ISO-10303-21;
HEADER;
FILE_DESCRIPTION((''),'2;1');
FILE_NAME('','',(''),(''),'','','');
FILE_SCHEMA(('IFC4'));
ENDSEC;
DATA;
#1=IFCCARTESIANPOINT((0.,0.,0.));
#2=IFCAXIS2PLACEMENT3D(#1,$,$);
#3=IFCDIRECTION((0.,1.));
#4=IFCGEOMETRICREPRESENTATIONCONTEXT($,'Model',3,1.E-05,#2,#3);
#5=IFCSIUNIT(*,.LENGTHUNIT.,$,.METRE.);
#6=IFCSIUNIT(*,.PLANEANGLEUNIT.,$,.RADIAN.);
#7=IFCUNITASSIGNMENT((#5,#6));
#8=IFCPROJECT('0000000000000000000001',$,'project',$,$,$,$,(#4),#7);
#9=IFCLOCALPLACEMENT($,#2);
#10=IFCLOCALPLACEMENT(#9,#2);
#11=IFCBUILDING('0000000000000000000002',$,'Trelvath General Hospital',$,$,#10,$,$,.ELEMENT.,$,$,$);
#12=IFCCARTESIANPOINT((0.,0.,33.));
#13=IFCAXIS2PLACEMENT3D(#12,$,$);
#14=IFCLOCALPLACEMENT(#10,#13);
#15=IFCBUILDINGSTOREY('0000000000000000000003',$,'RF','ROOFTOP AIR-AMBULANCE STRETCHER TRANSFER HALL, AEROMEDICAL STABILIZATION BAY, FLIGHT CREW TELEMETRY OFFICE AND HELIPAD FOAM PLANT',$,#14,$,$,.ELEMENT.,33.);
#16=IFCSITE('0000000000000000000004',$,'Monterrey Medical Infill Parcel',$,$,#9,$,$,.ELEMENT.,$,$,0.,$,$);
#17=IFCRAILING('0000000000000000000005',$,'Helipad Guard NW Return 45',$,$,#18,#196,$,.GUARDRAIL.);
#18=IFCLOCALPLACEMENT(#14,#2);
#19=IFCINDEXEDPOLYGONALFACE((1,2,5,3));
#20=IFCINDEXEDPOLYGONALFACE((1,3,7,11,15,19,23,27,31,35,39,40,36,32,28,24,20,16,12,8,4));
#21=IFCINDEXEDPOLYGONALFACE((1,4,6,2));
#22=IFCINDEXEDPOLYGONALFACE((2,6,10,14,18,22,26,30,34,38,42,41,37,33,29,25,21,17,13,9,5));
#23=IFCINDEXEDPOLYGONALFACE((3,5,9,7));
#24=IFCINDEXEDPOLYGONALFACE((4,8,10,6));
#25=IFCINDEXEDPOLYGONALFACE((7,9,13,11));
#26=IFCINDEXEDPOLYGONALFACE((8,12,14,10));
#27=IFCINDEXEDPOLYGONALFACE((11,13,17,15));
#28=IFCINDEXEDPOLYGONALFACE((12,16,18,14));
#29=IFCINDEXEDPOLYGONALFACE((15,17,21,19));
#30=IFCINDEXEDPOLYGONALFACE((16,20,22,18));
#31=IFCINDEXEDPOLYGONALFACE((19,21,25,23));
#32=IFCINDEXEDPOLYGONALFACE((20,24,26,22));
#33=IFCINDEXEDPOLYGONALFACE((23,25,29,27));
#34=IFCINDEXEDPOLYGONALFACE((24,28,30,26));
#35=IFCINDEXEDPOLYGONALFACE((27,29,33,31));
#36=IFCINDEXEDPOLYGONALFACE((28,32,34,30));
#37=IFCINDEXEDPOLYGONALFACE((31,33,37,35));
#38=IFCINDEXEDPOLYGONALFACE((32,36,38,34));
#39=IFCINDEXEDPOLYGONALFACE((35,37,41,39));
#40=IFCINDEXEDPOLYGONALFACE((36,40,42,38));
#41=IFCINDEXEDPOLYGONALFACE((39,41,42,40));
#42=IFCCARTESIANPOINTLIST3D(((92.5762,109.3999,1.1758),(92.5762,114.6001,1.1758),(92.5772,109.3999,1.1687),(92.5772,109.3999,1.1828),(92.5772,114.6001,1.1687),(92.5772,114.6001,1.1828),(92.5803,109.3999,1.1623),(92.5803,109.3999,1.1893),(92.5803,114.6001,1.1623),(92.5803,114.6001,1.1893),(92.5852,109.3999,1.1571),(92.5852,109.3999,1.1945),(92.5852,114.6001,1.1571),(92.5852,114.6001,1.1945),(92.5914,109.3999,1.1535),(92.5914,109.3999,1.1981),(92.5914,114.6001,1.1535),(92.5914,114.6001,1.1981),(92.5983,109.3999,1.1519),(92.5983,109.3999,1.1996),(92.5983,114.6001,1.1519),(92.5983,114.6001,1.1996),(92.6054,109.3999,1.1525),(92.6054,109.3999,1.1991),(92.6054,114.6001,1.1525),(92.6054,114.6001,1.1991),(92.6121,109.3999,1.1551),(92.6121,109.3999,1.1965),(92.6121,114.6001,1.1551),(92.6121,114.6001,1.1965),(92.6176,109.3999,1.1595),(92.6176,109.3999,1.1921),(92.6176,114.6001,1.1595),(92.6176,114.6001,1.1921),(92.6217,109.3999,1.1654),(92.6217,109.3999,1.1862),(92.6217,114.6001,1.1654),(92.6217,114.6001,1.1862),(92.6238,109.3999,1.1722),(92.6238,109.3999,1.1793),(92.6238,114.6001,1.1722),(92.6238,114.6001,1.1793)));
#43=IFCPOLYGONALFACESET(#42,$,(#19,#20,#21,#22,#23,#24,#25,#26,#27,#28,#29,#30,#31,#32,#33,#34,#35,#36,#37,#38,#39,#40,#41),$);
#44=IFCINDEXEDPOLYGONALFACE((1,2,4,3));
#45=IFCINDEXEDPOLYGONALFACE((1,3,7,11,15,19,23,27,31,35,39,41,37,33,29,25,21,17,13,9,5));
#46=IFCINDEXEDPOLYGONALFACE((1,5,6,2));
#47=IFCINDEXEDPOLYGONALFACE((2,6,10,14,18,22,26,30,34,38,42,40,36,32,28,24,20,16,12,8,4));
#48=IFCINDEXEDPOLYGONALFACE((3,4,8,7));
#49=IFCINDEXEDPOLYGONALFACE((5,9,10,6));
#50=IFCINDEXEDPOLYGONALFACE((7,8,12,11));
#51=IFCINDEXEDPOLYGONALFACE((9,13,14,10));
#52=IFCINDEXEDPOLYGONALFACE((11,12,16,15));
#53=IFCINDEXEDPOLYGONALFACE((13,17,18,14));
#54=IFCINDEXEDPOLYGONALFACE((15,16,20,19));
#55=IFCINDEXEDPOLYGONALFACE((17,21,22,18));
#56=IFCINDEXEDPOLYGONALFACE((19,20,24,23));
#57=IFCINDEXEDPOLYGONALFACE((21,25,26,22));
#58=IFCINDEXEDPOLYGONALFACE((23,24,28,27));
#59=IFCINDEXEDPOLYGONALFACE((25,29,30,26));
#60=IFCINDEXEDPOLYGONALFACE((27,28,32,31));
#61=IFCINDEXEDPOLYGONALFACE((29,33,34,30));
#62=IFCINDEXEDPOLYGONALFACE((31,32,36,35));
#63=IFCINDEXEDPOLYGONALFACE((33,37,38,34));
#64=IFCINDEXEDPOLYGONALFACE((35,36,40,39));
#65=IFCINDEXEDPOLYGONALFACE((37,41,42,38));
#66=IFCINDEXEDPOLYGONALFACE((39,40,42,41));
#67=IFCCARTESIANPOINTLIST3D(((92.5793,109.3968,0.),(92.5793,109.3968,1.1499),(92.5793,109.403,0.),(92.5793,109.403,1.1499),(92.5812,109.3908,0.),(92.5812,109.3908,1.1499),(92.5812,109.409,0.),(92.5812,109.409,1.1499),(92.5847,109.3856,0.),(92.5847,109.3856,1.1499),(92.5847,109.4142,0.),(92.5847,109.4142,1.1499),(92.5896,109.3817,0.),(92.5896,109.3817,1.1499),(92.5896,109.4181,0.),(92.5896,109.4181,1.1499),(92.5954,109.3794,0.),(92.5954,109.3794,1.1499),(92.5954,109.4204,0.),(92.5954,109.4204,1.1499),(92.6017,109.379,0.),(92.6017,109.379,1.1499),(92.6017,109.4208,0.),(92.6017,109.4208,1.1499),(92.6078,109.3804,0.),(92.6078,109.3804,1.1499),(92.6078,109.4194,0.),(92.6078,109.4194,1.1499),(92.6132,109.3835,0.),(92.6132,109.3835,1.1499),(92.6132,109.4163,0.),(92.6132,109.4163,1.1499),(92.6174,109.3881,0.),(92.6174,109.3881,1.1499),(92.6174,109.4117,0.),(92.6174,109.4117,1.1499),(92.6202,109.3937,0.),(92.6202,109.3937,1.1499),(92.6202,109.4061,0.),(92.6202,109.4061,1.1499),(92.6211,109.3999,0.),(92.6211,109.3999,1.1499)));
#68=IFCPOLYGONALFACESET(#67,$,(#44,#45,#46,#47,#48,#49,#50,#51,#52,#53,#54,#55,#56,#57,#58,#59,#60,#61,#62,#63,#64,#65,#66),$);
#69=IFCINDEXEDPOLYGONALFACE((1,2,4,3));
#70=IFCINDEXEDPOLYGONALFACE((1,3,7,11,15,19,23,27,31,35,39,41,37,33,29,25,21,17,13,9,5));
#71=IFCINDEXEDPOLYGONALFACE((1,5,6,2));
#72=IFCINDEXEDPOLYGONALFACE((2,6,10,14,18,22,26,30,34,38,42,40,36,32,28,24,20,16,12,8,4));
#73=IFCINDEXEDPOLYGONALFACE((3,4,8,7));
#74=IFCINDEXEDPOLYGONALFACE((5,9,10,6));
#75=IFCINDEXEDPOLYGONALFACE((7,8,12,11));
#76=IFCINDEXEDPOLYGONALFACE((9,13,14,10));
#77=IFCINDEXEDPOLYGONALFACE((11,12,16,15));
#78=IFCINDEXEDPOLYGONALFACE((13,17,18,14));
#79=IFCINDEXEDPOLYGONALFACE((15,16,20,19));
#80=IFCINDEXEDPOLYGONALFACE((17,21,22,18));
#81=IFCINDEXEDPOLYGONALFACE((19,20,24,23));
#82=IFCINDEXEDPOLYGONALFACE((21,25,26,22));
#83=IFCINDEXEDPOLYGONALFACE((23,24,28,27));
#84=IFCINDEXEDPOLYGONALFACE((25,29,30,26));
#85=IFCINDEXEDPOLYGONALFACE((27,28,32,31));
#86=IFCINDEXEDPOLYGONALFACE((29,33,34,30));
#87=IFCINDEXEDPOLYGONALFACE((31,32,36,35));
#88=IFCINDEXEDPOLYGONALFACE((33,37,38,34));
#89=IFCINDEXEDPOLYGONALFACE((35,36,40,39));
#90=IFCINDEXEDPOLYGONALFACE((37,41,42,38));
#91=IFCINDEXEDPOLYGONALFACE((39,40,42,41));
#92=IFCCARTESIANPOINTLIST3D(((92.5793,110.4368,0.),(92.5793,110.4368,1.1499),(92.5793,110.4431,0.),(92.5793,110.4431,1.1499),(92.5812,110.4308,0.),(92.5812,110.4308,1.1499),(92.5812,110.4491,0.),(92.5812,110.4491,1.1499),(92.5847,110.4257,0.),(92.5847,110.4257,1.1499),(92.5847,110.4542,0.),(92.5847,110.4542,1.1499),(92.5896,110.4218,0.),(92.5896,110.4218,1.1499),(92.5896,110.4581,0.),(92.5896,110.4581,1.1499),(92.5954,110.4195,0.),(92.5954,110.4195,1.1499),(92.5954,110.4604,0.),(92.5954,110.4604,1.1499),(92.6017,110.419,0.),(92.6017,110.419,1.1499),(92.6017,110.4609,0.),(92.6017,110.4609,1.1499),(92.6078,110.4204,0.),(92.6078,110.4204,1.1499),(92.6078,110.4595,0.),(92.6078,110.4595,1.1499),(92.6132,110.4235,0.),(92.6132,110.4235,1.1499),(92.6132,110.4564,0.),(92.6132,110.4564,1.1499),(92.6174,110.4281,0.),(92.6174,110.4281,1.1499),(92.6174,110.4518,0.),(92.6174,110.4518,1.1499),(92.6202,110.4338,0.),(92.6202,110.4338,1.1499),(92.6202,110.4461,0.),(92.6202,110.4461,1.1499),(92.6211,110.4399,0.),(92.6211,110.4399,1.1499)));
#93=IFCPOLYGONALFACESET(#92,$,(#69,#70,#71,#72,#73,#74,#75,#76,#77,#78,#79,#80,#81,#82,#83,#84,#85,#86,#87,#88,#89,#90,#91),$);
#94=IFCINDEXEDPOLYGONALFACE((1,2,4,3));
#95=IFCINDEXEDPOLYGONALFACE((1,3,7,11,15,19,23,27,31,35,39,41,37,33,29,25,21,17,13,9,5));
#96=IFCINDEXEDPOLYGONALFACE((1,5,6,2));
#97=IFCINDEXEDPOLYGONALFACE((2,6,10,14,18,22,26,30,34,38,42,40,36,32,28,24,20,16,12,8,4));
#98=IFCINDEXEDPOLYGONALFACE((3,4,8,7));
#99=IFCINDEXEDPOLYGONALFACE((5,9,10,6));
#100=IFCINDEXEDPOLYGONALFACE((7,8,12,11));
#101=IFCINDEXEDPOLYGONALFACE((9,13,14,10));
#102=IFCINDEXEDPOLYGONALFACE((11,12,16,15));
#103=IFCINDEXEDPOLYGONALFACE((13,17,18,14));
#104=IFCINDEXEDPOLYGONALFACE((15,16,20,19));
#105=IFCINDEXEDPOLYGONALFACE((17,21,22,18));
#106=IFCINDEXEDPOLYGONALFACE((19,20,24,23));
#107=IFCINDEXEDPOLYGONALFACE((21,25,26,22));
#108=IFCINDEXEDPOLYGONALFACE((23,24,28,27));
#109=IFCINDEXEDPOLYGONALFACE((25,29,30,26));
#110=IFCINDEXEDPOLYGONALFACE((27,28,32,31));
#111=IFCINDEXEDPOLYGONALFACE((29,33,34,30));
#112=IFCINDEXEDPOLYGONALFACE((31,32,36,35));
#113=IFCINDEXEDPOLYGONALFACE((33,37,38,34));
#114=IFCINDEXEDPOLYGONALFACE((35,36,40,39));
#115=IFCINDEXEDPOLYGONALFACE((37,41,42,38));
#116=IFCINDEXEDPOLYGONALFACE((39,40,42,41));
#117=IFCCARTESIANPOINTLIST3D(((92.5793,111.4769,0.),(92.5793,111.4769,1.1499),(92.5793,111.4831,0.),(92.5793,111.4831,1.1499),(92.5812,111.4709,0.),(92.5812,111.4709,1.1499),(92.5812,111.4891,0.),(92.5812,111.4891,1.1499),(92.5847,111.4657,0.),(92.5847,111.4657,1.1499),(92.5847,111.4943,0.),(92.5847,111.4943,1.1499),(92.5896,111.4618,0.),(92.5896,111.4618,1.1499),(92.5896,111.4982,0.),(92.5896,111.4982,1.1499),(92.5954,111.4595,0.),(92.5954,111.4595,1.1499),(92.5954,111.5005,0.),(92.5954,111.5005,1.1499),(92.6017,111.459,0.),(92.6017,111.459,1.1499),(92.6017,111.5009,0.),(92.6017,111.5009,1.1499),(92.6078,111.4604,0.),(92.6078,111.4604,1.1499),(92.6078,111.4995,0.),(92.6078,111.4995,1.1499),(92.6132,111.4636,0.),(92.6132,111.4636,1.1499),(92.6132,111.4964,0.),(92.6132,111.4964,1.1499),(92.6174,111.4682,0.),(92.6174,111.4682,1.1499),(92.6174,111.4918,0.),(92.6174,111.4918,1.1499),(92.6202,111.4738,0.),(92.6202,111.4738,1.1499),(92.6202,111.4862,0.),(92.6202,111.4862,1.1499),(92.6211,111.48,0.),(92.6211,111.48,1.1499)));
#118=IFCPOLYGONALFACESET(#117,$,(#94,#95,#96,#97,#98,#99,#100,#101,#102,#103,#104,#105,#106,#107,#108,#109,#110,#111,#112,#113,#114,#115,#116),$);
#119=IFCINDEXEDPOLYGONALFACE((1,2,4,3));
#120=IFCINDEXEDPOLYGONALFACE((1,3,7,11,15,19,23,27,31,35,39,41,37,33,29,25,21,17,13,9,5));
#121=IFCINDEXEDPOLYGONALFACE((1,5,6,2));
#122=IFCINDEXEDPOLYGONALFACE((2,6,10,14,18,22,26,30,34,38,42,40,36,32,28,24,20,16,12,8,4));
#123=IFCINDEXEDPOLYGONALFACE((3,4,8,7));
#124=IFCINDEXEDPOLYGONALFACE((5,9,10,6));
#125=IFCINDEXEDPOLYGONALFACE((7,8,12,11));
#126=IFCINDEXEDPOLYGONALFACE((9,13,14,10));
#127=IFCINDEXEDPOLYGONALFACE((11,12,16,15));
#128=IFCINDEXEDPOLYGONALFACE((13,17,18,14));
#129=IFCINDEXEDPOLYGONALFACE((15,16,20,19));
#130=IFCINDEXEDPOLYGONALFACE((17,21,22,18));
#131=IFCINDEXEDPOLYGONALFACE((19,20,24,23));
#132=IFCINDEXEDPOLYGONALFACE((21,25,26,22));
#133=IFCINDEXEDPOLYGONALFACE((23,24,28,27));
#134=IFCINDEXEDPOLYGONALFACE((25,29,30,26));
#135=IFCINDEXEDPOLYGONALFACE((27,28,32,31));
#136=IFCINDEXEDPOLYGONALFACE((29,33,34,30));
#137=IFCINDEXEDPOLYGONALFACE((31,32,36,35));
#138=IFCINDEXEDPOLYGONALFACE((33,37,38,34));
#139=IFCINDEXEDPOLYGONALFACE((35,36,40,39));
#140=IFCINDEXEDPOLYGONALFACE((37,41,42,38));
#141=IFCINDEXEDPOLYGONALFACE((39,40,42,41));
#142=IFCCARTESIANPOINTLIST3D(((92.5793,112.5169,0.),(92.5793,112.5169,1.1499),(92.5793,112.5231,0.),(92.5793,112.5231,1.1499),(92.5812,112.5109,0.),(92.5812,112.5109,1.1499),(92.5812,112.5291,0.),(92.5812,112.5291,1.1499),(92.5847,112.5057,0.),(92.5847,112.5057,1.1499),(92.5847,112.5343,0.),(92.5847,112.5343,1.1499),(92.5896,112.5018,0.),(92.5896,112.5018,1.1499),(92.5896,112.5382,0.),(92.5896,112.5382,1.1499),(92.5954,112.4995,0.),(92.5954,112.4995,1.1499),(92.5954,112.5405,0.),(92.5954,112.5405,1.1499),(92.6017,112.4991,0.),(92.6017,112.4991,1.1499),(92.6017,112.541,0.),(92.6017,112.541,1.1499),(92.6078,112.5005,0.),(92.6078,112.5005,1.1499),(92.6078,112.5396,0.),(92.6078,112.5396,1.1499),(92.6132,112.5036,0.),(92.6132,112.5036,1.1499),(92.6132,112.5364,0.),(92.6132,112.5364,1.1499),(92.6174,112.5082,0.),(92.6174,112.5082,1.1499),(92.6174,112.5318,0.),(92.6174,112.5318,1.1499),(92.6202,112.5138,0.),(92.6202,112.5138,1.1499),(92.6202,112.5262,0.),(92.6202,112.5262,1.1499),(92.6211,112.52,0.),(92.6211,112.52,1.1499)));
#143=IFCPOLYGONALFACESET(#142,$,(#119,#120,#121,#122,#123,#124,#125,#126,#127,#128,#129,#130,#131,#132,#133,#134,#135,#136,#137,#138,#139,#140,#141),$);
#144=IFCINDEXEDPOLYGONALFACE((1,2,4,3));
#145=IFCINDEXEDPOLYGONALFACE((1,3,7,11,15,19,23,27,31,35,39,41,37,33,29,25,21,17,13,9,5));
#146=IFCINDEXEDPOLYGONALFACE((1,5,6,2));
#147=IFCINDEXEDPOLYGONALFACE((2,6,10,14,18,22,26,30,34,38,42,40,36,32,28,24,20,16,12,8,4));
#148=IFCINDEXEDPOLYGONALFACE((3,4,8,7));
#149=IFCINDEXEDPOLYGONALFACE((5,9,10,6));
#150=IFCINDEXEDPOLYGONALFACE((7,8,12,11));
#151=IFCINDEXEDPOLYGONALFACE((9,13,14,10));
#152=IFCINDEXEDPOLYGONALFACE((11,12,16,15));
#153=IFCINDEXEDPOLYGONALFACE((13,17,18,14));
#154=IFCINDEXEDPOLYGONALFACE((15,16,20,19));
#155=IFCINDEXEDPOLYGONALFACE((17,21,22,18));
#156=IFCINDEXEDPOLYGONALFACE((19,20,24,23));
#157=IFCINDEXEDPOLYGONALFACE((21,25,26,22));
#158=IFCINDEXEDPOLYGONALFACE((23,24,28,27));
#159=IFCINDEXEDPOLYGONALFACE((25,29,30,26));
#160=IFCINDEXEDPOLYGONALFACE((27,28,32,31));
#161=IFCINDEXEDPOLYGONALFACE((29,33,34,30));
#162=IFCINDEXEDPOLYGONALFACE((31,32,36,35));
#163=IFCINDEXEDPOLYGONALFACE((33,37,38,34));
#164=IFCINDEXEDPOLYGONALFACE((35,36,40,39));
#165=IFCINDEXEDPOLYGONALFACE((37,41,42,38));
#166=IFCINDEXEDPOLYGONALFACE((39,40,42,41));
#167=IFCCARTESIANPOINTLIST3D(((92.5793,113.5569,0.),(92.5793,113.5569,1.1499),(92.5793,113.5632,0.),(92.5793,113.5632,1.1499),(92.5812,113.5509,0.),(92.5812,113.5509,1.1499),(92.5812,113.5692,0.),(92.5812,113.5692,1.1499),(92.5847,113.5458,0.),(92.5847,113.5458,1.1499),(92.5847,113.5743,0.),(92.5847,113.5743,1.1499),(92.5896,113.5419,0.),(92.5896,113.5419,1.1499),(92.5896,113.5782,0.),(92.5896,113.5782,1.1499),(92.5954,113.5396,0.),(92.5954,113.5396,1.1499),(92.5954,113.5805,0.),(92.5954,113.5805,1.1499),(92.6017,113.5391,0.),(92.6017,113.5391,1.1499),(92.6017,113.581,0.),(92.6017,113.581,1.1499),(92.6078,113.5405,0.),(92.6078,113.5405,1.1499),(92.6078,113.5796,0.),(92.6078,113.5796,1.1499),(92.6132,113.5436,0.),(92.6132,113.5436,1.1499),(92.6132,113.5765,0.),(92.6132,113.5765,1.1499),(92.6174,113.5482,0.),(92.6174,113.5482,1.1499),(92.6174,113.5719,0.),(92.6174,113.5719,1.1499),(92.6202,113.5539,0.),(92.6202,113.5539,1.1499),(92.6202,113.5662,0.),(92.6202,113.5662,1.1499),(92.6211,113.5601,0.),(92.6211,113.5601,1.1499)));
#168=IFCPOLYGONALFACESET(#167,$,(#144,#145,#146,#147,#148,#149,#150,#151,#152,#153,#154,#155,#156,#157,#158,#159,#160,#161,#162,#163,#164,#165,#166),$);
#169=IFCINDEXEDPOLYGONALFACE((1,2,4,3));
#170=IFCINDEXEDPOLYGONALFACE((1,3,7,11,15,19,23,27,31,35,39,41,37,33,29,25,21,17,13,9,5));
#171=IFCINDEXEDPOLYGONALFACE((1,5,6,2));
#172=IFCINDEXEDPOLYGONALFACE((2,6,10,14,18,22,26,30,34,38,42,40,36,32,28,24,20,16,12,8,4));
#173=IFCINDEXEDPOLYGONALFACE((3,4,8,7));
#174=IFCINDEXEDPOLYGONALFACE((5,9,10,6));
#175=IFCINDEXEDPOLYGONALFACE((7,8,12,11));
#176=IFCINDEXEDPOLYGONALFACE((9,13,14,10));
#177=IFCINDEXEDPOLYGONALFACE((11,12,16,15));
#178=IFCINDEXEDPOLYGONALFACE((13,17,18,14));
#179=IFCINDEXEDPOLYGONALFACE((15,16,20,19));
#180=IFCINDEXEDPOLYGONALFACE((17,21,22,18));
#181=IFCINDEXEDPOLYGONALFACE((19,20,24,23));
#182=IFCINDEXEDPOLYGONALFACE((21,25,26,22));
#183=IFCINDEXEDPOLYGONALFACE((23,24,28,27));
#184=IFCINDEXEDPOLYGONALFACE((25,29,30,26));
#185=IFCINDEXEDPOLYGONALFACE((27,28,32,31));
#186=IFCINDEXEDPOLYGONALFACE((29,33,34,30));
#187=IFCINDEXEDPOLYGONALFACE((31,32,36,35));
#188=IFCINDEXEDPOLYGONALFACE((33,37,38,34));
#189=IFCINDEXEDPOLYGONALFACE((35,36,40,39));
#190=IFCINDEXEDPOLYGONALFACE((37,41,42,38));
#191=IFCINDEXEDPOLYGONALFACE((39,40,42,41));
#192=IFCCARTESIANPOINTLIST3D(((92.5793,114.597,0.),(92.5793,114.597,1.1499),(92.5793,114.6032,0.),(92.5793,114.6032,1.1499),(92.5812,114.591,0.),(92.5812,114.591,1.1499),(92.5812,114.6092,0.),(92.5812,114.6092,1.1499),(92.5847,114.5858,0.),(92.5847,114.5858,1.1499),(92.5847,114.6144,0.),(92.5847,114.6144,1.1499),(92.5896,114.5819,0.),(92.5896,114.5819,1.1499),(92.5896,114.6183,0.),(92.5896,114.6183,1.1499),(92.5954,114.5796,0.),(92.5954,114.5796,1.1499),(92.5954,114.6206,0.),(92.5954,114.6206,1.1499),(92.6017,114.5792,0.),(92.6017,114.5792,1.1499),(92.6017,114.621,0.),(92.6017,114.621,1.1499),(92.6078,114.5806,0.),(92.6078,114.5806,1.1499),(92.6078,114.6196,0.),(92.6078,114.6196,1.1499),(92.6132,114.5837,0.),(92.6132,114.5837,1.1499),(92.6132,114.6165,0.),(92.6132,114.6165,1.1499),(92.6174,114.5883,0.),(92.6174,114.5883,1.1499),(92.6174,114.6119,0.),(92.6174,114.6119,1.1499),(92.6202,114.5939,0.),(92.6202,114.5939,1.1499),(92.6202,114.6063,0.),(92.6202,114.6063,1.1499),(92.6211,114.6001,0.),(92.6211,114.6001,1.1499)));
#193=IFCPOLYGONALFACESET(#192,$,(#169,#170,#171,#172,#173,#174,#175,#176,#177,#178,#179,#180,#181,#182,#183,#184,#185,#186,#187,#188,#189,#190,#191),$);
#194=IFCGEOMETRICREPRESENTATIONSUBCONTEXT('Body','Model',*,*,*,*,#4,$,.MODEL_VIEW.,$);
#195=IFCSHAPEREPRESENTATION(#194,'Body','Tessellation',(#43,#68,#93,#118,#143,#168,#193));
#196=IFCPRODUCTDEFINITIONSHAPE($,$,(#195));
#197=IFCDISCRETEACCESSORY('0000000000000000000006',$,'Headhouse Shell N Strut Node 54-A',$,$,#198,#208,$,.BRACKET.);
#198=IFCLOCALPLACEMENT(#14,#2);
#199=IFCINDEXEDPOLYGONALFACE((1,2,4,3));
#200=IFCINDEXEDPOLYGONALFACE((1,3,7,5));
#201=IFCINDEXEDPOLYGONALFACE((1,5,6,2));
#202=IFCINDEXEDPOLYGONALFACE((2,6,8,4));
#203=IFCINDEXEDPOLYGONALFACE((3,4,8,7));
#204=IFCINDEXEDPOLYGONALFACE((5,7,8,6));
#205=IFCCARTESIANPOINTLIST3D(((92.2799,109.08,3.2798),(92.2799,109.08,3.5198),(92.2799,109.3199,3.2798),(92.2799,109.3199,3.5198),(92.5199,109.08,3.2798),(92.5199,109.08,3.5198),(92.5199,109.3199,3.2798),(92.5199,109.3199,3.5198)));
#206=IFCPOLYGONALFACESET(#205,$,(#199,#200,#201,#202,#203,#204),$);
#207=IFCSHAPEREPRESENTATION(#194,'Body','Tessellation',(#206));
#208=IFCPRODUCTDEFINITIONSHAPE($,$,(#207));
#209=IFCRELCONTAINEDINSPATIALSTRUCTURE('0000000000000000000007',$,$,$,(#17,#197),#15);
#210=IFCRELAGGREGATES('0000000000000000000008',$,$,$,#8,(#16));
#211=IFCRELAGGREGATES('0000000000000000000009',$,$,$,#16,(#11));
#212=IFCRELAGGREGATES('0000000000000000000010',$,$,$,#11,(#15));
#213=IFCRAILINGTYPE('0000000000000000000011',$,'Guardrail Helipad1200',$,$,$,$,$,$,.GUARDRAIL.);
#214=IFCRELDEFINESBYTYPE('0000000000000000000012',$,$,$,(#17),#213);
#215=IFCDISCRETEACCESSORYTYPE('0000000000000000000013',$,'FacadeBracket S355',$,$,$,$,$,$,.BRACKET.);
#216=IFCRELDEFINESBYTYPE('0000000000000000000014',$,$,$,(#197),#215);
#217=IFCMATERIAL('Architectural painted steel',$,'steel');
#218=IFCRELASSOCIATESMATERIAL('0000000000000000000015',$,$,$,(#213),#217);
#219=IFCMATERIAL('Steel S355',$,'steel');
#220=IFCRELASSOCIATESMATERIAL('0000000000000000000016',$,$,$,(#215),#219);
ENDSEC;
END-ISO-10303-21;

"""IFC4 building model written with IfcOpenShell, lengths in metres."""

from ifc_helpers import new_model, si_unit, direction, frame, origin, origin_2d, place, context, subcontext, project, spatial, rectangle, circle, extrude, material, type_object, element, save


model = new_model("IFC4")

# Units and contexts
model_context = context("Model", 3, precision=1e-05, world=origin(), true_north=direction((0.0, 1.0)))
body_context = subcontext(model_context, "Body", "Model", "MODEL_VIEW")
ifc_project = project(units=[si_unit("LENGTHUNIT", "METRE"), si_unit("PLANEANGLEUNIT", "RADIAN")], contexts=[model_context])

# Site, building, storey
site_placement = place(None, origin())
site = spatial("IfcSite", under=ifc_project, at=site_placement, Name="Monterrey Medical Infill Parcel", CompositionType="ELEMENT", RefElevation=0.0)
building_placement = place(site_placement, origin())
building = spatial("IfcBuilding", under=site, at=building_placement, Name="Trelvath General Hospital", CompositionType="ELEMENT")
storey_placement = place(building_placement, frame((0.0, 0.0, 33.0)))
storey = spatial("IfcBuildingStorey", under=building, at=storey_placement, Name="RF", Description="ROOFTOP AIR-AMBULANCE STRETCHER TRANSFER HALL, AEROMEDICAL STABILIZATION BAY, FLIGHT CREW TELEMETRY OFFICE AND HELIPAD FOAM PLANT", CompositionType="ELEMENT", Elevation=33.0)

# Railing
ifc_material_1 = material(Name="Architectural painted steel", Category="steel")
railing_type = type_object("IfcRailingType", Name="Guardrail Helipad1200", PredefinedType="GUARDRAIL", material=ifc_material_1)
railing_1_placement = place(storey_placement, frame((92.6001, 109.3999, 0.0)))
element("IfcRailing", 1, at=railing_1_placement, inside=storey, type_object=railing_type, Name="Helipad Guard NW Return 45", PredefinedType="GUARDRAIL", context=body_context, shape_type="SweptSolid", body=[
    extrude(circle(Radius=0.0239, at=origin_2d()), frame((0.0, 0.0, 1.1758), z_axis=(0.0, 1.0, 0.0), x_axis=(-1.0, 0.0, 0.0)), (0.0, 0.0, 1.0), 5.2002),
    extrude(circle(Radius=0.021, at=origin_2d()), origin(), (0.0, 0.0, 1.0), 1.1499),
    extrude(circle(Radius=0.021, at=origin_2d()), frame((0.0, 1.04, 0.0)), (0.0, 0.0, 1.0), 1.1499),
    extrude(circle(Radius=0.021, at=origin_2d()), frame((0.0, 2.0801, 0.0)), (0.0, 0.0, 1.0), 1.1499),
    extrude(circle(Radius=0.021, at=origin_2d()), frame((0.0, 3.1201, 0.0)), (0.0, 0.0, 1.0), 1.1499),
    extrude(circle(Radius=0.021, at=origin_2d()), frame((0.0, 4.1602, 0.0)), (0.0, 0.0, 1.0), 1.1499),
    extrude(circle(Radius=0.021, at=origin_2d()), frame((0.0, 5.2002, 0.0)), (0.0, 0.0, 1.0), 1.1499),
])

# Discrete accessory
ifc_material_2 = material(Name="Steel S355", Category="steel")
discrete_accessory_type = type_object("IfcDiscreteAccessoryType", Name="FacadeBracket S355", PredefinedType="BRACKET", material=ifc_material_2)
discrete_accessory_placement = place(storey_placement, frame((92.3999, 109.2, 3.2798), z_axis=(0.0, 0.0, 1.0), x_axis=(1.0, 0.0, 0.0)))
element("IfcDiscreteAccessory", 2, at=discrete_accessory_placement, inside=storey, type_object=discrete_accessory_type, Name="Headhouse Shell N Strut Node 54-A", PredefinedType="BRACKET", context=body_context, shape_type="SweptSolid", body=[
    extrude(rectangle(XDim=0.24, YDim=0.24, at=origin_2d()), origin(), (0.0, 0.0, 1.0), 0.24),
])

save(model, "model.ifc")
